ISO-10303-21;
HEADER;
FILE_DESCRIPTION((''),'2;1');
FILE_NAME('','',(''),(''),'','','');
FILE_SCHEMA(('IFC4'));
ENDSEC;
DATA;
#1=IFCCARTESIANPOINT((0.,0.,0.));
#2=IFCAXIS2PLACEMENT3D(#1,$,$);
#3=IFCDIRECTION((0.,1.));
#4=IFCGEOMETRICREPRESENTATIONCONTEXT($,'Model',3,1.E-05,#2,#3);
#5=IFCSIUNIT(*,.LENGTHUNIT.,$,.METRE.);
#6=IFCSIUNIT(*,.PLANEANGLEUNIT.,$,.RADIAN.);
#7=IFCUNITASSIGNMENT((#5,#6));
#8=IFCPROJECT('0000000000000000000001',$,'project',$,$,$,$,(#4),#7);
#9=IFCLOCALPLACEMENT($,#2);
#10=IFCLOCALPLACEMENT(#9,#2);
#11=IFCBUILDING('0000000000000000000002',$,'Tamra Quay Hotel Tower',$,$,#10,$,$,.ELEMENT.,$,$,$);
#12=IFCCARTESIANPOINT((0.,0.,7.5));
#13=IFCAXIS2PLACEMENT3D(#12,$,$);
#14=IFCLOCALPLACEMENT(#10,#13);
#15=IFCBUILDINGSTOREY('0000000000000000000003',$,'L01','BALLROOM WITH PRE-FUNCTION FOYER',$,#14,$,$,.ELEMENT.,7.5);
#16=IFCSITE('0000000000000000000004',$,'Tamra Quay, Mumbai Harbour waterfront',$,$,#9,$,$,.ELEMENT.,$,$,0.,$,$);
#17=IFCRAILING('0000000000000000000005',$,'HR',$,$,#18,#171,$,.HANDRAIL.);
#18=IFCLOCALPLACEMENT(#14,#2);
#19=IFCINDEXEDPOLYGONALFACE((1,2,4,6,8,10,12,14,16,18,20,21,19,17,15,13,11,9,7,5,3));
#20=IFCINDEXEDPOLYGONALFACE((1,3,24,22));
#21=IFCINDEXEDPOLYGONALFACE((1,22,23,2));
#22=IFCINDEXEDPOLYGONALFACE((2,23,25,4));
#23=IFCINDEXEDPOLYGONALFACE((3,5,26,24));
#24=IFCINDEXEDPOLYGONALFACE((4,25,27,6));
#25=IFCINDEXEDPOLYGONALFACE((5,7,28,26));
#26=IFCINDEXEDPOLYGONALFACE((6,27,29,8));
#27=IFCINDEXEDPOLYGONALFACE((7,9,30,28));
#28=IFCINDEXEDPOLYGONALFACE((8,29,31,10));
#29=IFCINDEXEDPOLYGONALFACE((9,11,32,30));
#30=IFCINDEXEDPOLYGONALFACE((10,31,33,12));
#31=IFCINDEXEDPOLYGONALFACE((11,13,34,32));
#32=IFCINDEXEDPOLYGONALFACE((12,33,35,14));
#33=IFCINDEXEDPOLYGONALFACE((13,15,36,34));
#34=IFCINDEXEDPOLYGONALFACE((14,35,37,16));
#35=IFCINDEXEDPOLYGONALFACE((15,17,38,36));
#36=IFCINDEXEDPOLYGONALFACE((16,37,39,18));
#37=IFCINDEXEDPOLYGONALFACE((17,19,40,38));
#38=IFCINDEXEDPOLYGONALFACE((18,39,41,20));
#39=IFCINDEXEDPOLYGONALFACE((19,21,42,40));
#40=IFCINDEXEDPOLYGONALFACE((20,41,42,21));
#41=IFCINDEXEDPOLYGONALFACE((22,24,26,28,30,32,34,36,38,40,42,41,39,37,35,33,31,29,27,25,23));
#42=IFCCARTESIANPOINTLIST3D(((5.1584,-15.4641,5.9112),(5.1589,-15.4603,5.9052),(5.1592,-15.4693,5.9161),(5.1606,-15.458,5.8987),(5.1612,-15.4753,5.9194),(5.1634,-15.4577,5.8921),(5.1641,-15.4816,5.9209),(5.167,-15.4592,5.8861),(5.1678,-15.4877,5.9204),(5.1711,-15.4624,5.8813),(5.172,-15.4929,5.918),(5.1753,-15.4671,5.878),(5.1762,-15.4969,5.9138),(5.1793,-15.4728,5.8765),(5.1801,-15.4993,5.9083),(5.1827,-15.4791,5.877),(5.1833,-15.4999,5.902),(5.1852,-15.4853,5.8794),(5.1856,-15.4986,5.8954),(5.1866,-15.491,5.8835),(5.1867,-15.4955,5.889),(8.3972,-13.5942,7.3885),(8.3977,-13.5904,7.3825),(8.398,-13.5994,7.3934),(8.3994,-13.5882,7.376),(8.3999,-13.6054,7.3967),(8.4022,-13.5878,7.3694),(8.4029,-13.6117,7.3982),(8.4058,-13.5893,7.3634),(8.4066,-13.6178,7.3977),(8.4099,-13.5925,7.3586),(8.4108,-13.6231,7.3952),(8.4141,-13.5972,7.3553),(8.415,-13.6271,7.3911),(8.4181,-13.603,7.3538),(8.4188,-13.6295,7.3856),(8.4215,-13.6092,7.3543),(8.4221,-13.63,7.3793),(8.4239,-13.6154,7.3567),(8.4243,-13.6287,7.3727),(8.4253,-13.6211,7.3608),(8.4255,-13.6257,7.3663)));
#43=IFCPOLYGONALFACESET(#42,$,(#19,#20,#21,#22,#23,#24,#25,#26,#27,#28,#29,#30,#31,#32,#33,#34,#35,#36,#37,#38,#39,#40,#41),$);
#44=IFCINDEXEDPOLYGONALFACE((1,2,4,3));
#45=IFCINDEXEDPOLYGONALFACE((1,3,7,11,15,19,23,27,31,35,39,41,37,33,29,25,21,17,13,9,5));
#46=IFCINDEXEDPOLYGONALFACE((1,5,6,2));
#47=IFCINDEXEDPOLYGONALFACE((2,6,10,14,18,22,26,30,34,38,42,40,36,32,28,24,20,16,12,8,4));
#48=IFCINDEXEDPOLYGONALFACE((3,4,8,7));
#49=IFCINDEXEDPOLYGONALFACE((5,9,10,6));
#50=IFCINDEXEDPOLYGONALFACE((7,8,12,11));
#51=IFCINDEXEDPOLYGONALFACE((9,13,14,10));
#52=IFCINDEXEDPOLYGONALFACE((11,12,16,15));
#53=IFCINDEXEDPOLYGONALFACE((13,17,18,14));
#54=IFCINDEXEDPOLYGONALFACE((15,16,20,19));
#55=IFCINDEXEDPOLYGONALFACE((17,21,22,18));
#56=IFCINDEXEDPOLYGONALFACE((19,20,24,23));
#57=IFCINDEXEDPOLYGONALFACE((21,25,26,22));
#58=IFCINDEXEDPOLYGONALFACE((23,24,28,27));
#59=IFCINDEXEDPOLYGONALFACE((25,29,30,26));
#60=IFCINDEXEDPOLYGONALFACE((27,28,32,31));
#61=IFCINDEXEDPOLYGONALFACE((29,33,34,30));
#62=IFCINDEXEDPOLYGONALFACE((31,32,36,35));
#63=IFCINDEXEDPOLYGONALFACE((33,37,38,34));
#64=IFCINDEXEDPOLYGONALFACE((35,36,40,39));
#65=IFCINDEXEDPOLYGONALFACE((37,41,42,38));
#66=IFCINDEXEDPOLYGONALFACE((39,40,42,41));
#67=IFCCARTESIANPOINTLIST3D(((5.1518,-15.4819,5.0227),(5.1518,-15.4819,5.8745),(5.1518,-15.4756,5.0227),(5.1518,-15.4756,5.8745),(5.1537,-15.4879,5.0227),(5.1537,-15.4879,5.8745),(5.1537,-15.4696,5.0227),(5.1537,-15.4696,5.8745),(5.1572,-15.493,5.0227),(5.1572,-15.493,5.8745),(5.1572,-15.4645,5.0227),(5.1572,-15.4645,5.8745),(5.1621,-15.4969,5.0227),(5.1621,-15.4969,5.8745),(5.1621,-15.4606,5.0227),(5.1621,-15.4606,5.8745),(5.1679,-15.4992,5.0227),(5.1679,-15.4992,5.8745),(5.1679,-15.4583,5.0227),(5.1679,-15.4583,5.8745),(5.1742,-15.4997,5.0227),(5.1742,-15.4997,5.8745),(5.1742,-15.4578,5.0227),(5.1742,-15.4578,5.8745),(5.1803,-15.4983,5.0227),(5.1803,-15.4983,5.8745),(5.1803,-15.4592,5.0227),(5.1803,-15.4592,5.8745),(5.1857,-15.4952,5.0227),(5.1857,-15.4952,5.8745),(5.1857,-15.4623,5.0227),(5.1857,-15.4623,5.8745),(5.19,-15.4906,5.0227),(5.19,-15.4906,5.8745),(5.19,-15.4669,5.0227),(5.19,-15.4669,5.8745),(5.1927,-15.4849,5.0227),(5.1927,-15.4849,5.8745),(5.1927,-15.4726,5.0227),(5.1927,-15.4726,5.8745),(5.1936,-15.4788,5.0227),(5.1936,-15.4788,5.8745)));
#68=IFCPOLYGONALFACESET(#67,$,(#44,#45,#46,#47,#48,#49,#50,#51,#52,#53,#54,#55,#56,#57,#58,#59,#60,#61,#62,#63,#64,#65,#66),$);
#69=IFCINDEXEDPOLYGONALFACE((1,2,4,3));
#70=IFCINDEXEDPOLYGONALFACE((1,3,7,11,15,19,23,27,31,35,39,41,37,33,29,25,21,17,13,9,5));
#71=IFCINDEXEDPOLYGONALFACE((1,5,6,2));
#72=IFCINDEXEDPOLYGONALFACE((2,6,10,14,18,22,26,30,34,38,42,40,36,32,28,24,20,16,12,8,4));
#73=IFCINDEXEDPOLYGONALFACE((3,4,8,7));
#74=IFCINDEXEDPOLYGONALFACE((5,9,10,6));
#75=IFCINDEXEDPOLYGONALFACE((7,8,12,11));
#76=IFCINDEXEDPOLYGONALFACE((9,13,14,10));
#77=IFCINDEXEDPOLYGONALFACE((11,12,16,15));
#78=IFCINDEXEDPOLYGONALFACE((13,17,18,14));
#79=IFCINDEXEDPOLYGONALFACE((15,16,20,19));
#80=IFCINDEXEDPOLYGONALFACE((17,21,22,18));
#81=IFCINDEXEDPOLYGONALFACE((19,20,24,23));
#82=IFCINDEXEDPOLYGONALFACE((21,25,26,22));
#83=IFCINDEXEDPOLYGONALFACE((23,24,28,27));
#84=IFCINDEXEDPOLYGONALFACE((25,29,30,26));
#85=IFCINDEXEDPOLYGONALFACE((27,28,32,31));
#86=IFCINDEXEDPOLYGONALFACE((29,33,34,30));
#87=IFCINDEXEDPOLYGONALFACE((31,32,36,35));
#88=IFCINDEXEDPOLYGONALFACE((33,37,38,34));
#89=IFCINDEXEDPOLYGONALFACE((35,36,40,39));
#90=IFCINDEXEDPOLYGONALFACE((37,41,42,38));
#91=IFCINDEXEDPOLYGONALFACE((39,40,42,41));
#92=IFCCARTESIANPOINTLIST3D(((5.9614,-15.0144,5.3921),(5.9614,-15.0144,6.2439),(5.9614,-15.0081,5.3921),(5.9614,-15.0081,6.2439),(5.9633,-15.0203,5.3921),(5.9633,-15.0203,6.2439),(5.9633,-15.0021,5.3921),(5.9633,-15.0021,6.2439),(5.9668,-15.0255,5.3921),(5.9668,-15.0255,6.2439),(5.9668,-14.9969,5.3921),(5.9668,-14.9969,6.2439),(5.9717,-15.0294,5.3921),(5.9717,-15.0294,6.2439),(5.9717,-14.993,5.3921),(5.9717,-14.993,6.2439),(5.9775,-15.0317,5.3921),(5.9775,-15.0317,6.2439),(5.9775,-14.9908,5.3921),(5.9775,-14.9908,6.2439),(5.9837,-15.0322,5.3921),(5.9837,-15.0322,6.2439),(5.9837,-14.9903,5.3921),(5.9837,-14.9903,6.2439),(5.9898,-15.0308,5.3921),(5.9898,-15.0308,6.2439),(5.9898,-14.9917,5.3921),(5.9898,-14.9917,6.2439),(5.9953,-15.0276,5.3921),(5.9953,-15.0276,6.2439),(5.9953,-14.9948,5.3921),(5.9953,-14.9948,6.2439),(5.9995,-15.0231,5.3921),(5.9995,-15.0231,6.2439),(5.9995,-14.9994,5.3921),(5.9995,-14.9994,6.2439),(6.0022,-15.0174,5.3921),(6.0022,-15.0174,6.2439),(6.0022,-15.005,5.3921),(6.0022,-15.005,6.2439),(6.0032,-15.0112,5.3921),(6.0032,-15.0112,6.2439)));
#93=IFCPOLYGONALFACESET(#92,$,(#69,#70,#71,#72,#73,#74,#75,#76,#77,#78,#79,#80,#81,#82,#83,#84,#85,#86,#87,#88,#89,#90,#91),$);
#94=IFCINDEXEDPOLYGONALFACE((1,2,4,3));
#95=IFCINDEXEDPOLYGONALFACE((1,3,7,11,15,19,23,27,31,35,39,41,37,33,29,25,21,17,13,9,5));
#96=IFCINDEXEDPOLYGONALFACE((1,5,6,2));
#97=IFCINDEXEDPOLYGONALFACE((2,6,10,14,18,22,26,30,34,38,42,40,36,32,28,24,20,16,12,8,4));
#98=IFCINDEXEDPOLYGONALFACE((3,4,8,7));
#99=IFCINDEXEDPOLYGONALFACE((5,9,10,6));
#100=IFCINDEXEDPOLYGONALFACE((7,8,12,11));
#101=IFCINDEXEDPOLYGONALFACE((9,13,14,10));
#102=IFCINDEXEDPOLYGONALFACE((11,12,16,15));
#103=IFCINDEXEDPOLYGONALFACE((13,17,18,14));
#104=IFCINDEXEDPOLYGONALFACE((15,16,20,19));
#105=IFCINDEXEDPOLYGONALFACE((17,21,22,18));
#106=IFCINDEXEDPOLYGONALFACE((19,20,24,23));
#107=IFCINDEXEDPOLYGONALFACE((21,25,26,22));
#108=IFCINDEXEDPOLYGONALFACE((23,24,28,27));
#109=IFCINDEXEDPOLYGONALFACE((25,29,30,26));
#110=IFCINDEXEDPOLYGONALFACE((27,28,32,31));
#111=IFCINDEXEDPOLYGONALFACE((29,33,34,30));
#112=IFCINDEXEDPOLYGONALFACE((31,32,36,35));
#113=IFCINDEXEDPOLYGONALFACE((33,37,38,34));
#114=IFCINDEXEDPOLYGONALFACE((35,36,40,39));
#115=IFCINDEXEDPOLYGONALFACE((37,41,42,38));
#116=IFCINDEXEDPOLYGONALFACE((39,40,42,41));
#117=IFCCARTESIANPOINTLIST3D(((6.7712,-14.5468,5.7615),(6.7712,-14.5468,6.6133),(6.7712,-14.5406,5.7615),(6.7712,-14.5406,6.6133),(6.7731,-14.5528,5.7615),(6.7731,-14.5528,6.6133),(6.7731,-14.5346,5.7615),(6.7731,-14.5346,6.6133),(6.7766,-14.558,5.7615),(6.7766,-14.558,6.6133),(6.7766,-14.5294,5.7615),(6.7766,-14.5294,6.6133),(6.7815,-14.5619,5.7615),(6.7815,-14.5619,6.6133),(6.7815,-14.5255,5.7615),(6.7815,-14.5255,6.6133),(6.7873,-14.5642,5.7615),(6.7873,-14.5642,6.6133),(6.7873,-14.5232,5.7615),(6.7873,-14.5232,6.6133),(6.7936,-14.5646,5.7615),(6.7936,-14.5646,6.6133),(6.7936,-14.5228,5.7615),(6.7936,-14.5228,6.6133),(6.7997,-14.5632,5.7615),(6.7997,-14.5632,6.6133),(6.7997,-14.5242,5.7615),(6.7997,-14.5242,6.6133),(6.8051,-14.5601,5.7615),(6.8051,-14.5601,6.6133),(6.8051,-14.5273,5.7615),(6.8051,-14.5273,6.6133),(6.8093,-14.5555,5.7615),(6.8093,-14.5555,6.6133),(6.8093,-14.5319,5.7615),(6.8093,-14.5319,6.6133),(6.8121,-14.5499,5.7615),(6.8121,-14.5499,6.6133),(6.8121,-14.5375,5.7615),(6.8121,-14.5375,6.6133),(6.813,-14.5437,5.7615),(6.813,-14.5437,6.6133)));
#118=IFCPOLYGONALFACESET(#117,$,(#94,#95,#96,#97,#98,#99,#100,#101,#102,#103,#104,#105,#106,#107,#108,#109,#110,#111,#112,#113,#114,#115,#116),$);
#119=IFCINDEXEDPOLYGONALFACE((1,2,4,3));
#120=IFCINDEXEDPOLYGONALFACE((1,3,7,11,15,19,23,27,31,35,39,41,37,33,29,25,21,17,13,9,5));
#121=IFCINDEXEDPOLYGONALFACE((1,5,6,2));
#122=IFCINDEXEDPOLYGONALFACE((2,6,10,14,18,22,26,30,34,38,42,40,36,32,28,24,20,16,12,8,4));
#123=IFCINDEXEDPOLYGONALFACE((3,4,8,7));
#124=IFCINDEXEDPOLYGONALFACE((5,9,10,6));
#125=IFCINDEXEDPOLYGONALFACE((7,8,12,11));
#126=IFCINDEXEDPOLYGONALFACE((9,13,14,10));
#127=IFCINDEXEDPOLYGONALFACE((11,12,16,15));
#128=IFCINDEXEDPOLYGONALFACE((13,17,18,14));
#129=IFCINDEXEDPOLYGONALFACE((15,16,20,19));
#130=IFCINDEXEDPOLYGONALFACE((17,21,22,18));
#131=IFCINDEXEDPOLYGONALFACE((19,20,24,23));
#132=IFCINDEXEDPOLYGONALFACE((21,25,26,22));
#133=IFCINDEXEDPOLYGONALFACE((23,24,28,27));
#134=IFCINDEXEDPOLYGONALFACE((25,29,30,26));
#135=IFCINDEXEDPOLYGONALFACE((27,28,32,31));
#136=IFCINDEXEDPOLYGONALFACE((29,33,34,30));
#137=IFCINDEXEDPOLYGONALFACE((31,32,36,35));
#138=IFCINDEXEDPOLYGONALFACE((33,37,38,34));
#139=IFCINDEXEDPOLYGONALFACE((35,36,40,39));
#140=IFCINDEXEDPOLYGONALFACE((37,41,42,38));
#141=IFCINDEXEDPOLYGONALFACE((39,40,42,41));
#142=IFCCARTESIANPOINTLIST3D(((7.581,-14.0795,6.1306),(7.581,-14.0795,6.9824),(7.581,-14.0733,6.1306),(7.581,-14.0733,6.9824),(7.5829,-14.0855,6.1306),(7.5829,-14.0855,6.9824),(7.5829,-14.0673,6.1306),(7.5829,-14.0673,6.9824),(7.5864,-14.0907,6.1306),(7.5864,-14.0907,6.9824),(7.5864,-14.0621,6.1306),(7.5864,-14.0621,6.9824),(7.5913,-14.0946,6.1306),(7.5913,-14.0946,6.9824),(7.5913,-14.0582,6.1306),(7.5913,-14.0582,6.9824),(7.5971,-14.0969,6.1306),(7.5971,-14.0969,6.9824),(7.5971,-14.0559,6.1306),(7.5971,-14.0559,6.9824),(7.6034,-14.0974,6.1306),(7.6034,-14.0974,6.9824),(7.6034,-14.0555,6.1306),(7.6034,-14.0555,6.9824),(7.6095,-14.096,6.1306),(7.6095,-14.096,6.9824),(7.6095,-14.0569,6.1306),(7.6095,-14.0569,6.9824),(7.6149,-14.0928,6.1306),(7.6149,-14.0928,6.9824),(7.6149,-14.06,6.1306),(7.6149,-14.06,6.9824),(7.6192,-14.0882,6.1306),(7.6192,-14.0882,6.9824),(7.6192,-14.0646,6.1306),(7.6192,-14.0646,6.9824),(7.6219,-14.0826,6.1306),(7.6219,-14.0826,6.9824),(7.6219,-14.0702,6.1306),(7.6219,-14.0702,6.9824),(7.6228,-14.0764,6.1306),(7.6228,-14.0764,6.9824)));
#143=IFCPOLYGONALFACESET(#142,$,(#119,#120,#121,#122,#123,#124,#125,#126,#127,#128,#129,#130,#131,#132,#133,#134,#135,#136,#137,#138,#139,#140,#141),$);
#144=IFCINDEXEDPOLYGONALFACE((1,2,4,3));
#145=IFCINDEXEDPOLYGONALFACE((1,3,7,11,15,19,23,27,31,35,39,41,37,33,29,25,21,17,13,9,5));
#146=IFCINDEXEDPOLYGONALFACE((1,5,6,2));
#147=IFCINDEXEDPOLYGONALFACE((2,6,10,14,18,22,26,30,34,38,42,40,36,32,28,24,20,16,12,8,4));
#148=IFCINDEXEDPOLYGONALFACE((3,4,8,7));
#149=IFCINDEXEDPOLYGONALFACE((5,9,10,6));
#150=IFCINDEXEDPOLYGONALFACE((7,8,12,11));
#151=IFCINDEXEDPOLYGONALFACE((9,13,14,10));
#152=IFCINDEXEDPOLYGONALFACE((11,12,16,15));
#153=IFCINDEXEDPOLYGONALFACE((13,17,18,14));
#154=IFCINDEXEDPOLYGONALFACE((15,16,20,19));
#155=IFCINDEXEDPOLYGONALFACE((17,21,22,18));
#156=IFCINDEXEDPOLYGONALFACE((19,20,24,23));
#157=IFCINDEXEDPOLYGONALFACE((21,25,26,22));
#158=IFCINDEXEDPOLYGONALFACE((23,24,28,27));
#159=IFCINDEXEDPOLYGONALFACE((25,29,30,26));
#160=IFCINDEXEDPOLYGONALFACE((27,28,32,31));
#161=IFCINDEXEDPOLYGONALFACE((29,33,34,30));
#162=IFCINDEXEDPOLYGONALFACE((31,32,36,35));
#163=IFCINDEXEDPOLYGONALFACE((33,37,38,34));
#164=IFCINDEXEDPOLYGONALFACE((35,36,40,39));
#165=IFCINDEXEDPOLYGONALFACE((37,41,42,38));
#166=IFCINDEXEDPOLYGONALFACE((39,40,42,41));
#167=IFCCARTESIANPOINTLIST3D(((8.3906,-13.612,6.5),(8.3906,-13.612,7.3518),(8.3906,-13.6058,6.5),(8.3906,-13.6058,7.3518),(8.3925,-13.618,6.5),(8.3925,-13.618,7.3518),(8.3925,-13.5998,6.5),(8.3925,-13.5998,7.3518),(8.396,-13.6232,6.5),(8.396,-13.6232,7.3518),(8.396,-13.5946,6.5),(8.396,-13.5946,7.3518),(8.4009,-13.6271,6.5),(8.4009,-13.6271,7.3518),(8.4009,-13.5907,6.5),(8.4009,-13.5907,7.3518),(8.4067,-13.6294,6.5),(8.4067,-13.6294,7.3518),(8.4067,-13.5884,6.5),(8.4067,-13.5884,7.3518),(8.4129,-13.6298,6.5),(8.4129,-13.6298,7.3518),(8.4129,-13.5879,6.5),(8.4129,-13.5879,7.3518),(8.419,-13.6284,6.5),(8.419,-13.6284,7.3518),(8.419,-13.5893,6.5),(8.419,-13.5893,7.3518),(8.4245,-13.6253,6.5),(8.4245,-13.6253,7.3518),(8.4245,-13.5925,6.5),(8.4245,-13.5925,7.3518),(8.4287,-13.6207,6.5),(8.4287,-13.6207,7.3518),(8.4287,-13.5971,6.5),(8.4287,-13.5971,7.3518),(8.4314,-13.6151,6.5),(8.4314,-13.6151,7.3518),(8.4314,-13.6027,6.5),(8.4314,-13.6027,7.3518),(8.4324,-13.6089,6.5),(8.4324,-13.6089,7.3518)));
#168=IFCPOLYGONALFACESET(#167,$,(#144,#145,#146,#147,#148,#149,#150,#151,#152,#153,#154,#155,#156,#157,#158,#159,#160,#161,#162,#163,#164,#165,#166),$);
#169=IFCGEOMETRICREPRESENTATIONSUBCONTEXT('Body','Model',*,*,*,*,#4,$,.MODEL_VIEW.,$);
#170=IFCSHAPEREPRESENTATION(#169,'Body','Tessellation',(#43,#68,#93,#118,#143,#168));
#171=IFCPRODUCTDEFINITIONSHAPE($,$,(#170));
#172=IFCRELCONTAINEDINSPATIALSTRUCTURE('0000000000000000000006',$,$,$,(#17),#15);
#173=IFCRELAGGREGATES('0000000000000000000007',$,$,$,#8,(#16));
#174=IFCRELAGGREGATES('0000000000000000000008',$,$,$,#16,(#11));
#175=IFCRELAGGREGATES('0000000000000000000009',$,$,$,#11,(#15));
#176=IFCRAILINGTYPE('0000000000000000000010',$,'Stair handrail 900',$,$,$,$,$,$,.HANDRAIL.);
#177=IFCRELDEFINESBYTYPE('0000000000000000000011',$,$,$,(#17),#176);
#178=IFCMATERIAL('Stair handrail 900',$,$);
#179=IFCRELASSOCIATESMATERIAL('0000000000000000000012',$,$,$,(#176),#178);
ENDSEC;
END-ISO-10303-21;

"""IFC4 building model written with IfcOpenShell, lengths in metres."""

from ifc_helpers import new_model, si_unit, direction, frame, origin, origin_2d, place, context, subcontext, project, spatial, circle, extrude, material, type_object, element, save


model = new_model("IFC4")

# Units and contexts
model_context = context("Model", 3, precision=1e-05, world=origin(), true_north=direction((0.0, 1.0)))
body_context = subcontext(model_context, "Body", "Model", "MODEL_VIEW")
ifc_project = project(units=[si_unit("LENGTHUNIT", "METRE"), si_unit("PLANEANGLEUNIT", "RADIAN")], contexts=[model_context])

# Site, building, storey
site_placement = place(None, origin())
site = spatial("IfcSite", under=ifc_project, at=site_placement, Name="Tamra Quay, Mumbai Harbour waterfront", CompositionType="ELEMENT", RefElevation=0.0)
building_placement = place(site_placement, origin())
building = spatial("IfcBuilding", under=site, at=building_placement, Name="Tamra Quay Hotel Tower", CompositionType="ELEMENT")
storey_placement = place(building_placement, frame((0.0, 0.0, 7.5)))
storey = spatial("IfcBuildingStorey", under=building, at=storey_placement, Name="L01", Description="BALLROOM WITH PRE-FUNCTION FOYER", CompositionType="ELEMENT", Elevation=7.5)

# Railing
ifc_material_1 = material(Name="Stair handrail 900")
railing_type = type_object("IfcRailingType", Name="Stair handrail 900", PredefinedType="HANDRAIL", material=ifc_material_1)
for number, where, name in (
    (1, (5.1726, -15.4788, 5.0227), "HR"),
):
    element("IfcRailing", number, at=place(storey_placement, frame(where)), inside=storey, type_object=railing_type, Name=name, PredefinedType="HANDRAIL", context=body_context, shape_type="SweptSolid", body=[
        extrude(circle(Radius=0.0239, at=origin_2d()), frame((0.0, 0.0, 0.876), z_axis=(0.805463, 0.465027, 0.367395), x_axis=(-0.499994, 0.866029, 0.0)), (0.0, 0.0, 1.0), 4.021),
        extrude(circle(Radius=0.021, at=origin_2d()), origin(), (0.0, 0.0, 1.0), 0.8518),
        extrude(circle(Radius=0.021, at=origin_2d()), frame((0.8096, 0.4675, 0.3694)), (0.0, 0.0, 1.0), 0.8518),
        extrude(circle(Radius=0.021, at=origin_2d()), frame((1.6194, 0.9351, 0.7388)), (0.0, 0.0, 1.0), 0.8518),
        extrude(circle(Radius=0.021, at=origin_2d()), frame((2.4292, 1.4023, 1.1079)), (0.0, 0.0, 1.0), 0.8518),
        extrude(circle(Radius=0.021, at=origin_2d()), frame((3.2388, 1.8699, 1.4773)), (0.0, 0.0, 1.0), 0.8518),
    ])

save(model, "model.ifc")
